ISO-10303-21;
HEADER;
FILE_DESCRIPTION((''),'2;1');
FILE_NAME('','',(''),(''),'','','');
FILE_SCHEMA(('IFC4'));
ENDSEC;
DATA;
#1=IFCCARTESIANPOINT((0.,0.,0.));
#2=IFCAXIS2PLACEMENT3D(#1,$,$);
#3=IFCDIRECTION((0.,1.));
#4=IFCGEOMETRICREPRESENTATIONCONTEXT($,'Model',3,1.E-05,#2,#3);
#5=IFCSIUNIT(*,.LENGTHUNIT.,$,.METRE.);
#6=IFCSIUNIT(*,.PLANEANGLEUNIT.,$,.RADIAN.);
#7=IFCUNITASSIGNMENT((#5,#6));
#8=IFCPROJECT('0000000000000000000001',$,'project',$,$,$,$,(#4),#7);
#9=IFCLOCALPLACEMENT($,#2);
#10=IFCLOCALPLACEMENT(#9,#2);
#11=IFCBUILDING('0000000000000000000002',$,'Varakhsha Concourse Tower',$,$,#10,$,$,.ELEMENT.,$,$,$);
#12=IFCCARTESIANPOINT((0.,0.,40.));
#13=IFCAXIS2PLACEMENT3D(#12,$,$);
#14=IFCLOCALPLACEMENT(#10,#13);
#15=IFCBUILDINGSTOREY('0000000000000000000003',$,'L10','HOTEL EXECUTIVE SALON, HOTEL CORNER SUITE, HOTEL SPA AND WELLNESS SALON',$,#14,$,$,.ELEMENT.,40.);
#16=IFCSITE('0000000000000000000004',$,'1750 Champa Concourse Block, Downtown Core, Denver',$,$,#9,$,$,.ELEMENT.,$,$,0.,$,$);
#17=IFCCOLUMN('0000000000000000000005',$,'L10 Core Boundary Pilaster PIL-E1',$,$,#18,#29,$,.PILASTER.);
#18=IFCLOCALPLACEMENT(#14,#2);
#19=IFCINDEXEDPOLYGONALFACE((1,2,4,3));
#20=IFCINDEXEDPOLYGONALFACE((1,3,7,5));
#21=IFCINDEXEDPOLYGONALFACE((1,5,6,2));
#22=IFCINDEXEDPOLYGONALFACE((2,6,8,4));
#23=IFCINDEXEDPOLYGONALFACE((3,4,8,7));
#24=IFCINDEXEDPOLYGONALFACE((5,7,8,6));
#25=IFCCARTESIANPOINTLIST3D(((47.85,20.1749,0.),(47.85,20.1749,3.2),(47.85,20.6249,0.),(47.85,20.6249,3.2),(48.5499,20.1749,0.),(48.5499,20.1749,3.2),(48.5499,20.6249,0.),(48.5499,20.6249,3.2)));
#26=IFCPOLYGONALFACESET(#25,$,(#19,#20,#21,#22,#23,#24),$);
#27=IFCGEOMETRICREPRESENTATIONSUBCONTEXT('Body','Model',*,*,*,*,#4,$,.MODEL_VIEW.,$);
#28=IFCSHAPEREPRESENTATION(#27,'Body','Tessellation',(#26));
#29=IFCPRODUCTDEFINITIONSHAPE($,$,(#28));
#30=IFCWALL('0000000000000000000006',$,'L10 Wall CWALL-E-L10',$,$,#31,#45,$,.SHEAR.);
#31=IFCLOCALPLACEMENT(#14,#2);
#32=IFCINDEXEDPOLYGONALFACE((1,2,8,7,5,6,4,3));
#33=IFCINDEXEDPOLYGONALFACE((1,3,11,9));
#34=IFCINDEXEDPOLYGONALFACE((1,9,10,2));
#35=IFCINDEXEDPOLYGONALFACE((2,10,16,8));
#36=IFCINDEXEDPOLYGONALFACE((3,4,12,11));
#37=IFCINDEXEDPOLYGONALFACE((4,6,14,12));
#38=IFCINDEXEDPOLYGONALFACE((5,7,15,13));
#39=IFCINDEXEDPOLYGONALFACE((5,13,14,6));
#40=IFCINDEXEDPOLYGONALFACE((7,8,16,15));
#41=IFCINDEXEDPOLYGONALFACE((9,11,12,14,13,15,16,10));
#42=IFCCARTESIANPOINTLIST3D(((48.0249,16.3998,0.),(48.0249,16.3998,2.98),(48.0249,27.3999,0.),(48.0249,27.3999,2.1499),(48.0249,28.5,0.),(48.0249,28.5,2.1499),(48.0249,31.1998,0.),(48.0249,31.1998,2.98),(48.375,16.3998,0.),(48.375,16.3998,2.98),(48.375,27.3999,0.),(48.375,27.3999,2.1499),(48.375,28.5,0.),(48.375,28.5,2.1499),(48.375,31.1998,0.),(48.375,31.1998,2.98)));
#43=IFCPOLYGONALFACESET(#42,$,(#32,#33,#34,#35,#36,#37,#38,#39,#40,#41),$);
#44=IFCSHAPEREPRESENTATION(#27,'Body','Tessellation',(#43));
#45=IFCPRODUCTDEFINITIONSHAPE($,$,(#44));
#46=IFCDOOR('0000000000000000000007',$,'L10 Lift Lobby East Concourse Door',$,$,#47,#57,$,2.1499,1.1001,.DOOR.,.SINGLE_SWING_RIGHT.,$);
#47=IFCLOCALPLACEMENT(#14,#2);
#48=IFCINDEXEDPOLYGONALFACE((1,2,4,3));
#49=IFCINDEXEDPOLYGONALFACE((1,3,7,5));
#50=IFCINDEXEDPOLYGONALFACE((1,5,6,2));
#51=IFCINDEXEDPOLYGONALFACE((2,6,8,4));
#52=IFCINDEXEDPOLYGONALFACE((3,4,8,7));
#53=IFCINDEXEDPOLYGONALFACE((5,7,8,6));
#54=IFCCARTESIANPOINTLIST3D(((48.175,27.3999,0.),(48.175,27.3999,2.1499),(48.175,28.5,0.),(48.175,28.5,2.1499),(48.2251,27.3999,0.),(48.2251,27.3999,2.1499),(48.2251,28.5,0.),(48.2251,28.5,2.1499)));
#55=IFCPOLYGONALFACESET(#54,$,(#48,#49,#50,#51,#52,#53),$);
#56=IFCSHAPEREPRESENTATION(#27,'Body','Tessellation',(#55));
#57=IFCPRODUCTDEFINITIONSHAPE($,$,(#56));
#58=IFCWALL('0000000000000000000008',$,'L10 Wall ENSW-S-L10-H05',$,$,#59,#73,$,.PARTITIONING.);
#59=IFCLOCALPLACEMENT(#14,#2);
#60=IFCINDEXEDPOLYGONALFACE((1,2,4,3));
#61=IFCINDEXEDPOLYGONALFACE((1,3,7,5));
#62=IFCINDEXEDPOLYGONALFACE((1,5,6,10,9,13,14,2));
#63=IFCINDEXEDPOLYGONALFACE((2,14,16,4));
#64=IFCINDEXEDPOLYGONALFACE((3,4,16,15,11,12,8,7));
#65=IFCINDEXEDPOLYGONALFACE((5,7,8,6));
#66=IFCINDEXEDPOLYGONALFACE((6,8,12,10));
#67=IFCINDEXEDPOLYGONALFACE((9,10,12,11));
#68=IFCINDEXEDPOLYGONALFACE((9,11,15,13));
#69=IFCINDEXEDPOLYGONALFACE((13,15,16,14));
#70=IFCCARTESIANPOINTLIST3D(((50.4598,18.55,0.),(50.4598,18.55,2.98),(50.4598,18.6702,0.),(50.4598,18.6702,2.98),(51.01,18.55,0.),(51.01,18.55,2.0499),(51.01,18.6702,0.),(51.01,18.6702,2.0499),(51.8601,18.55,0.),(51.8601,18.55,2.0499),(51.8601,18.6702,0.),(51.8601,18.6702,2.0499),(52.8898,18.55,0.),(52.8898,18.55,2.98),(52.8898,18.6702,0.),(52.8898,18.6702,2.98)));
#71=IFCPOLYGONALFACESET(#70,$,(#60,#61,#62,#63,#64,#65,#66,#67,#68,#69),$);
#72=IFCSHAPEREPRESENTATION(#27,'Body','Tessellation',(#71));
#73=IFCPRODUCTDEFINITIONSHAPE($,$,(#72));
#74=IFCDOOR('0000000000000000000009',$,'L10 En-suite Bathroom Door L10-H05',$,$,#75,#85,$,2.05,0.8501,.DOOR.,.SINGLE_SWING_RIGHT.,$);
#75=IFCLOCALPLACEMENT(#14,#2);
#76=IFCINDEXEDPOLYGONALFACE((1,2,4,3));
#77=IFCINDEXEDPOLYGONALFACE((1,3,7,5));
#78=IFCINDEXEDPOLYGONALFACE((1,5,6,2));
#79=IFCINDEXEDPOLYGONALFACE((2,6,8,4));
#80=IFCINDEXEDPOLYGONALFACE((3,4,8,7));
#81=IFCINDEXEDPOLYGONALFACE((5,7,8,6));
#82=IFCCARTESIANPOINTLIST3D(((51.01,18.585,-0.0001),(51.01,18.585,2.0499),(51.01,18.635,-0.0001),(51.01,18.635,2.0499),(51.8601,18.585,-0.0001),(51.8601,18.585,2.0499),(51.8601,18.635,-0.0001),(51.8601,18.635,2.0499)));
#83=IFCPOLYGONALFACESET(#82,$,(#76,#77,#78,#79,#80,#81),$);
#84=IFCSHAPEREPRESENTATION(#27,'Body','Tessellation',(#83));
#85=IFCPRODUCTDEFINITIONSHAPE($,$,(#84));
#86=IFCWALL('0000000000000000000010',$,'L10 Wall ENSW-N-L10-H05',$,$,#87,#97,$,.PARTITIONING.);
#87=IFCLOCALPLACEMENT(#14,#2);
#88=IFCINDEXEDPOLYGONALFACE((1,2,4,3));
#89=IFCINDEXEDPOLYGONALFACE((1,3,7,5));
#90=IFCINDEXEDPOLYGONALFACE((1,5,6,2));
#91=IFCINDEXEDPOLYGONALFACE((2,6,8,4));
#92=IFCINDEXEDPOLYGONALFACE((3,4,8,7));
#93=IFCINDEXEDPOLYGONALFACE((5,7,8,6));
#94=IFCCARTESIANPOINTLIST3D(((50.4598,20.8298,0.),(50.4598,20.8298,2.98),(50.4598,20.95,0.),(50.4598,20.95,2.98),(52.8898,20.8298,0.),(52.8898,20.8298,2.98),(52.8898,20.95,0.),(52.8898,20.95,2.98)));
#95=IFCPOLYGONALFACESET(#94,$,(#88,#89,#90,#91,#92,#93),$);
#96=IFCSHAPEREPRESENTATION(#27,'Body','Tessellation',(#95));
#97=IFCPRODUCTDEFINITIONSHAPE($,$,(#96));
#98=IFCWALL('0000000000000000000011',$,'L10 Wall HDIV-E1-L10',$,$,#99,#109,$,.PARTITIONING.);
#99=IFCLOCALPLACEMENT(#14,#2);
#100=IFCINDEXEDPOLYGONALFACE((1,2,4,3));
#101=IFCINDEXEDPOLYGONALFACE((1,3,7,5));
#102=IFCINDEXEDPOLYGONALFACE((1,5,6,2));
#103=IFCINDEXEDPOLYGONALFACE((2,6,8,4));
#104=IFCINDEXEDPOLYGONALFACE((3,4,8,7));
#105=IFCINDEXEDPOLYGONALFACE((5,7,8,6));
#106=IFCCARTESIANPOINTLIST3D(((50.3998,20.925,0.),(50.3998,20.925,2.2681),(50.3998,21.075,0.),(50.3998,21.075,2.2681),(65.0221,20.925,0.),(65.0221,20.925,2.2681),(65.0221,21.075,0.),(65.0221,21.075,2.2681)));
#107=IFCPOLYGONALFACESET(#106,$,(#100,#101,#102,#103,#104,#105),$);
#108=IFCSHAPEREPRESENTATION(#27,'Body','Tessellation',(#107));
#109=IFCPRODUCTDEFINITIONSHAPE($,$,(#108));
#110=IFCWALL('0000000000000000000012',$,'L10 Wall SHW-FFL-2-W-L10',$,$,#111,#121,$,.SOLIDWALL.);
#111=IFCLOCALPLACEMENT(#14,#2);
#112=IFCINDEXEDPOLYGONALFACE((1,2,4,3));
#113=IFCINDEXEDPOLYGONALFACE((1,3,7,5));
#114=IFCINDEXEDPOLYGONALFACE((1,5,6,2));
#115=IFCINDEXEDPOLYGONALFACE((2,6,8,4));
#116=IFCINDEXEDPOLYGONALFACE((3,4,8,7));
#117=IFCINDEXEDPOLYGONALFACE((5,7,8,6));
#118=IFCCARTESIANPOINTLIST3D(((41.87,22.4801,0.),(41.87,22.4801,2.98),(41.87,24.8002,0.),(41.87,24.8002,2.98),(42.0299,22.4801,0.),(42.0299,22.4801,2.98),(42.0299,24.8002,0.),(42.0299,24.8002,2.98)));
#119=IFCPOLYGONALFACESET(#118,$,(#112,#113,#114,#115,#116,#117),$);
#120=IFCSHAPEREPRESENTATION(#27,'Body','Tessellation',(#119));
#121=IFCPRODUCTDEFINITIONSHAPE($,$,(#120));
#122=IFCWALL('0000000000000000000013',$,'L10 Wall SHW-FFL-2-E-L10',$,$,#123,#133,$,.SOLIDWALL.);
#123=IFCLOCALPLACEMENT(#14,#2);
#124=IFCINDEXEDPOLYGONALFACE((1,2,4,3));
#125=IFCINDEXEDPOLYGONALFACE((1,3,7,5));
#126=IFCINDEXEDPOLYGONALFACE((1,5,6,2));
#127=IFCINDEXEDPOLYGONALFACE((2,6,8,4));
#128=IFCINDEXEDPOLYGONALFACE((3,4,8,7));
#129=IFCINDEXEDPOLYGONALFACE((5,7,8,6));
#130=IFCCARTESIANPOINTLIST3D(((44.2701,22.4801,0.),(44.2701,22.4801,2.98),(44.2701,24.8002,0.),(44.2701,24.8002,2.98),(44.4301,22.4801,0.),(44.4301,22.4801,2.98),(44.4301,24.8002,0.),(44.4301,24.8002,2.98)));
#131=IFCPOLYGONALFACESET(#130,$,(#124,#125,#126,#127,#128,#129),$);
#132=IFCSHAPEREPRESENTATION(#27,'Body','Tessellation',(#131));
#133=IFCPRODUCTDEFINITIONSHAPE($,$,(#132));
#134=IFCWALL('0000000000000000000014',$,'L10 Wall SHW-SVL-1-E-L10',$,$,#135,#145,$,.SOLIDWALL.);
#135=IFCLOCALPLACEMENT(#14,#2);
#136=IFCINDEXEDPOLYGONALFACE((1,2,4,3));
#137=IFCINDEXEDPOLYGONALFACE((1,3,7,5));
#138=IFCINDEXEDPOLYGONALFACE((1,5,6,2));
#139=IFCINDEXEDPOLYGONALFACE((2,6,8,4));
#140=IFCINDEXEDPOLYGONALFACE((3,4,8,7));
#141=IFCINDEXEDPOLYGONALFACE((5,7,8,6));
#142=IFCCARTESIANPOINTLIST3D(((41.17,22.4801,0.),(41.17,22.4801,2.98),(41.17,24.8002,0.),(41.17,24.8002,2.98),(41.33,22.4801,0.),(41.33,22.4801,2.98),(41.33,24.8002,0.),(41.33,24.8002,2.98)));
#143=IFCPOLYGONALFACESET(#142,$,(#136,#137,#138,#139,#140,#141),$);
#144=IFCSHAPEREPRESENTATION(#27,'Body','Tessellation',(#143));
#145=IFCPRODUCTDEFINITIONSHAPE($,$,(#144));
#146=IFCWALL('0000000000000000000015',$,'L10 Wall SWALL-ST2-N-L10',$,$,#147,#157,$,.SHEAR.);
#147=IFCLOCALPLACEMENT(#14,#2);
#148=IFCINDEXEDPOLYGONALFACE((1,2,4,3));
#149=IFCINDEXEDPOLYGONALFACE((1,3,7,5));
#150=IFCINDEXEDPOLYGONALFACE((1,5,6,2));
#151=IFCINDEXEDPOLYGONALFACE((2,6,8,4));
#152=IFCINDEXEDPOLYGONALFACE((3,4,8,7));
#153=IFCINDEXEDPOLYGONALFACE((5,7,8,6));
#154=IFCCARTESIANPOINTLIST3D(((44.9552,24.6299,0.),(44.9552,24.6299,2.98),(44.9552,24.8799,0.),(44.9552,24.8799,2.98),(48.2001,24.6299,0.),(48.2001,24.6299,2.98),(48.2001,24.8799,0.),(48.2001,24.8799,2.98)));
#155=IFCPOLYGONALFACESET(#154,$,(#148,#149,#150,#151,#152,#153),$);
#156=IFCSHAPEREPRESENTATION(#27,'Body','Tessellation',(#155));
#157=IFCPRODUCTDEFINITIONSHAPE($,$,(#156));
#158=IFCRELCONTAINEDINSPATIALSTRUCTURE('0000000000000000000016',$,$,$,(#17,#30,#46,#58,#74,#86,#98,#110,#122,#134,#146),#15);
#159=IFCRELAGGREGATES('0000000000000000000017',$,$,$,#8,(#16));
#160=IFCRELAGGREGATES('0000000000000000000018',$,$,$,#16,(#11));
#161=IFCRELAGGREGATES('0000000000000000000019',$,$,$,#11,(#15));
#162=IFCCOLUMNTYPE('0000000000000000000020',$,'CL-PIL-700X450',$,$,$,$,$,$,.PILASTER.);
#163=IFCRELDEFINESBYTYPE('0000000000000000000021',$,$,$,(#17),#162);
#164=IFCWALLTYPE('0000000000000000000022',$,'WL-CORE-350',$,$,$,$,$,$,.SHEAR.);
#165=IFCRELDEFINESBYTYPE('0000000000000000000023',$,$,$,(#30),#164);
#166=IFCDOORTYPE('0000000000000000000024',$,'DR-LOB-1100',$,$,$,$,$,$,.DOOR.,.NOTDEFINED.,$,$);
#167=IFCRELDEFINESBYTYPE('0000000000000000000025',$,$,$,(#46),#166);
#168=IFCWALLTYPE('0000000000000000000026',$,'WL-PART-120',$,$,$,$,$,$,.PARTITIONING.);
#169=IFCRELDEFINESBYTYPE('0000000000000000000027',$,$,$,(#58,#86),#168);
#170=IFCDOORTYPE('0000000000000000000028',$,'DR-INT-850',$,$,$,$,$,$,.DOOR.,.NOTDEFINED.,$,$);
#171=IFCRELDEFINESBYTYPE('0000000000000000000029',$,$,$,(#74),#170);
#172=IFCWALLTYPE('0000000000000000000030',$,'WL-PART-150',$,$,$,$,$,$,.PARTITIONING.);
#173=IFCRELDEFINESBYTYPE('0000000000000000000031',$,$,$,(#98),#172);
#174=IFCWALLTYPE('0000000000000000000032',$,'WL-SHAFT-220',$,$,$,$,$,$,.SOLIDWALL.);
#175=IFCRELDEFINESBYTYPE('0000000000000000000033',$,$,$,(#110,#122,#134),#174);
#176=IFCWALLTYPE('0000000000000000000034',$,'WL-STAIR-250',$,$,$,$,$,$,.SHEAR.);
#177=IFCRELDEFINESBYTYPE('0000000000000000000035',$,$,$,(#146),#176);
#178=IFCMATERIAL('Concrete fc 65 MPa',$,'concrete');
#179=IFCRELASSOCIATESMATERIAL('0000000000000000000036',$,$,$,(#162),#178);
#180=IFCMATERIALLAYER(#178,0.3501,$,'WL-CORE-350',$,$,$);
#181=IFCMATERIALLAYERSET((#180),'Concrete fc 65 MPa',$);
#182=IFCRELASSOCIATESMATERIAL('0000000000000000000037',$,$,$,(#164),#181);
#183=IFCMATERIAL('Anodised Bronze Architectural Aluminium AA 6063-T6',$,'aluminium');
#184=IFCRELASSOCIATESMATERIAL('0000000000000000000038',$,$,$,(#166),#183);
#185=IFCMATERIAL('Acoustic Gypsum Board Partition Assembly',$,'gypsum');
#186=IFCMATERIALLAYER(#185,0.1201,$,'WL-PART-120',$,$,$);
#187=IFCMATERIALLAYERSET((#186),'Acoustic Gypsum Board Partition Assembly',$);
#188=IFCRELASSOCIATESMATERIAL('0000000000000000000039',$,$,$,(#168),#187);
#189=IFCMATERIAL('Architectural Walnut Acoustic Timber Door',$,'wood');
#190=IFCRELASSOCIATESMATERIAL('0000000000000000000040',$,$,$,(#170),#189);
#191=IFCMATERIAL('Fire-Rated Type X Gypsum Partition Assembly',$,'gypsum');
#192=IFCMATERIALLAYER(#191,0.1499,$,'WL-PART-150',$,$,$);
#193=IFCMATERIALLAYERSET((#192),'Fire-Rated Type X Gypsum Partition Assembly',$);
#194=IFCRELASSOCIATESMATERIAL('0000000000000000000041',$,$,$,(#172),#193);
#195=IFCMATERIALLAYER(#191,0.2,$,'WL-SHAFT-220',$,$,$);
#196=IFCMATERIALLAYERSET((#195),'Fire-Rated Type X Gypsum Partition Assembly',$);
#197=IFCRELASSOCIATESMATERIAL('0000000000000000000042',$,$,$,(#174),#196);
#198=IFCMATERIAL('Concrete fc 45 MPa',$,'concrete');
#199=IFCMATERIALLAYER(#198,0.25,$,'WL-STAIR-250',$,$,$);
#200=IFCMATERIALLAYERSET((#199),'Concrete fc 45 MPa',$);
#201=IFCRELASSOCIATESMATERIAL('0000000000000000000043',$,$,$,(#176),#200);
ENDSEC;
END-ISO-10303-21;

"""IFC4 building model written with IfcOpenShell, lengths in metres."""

from ifc_helpers import new_model, si_unit, direction, frame, frame_2d, origin, origin_2d, place, context, subcontext, project, spatial, rectangle, extrude, material, layer, layer_set, material_profile, profile_set, type_object, element, fill, save


model = new_model("IFC4")

# Units and contexts
model_context = context("Model", 3, precision=1e-05, world=origin(), true_north=direction((0.0, 1.0)))
body_context = subcontext(model_context, "Body", "Model", "MODEL_VIEW")
ifc_project = project(units=[si_unit("LENGTHUNIT", "METRE"), si_unit("PLANEANGLEUNIT", "RADIAN")], contexts=[model_context])

# Site, building, storey
site_placement = place(None, origin())
site = spatial("IfcSite", under=ifc_project, at=site_placement, Name="1750 Champa Concourse Block, Downtown Core, Denver", CompositionType="ELEMENT", RefElevation=0.0)
building_placement = place(site_placement, origin())
building = spatial("IfcBuilding", under=site, at=building_placement, Name="Varakhsha Concourse Tower", CompositionType="ELEMENT")
storey_placement = place(building_placement, frame((0.0, 0.0, 40.0)))
storey = spatial("IfcBuildingStorey", under=building, at=storey_placement, Name="L10", Description="HOTEL EXECUTIVE SALON, HOTEL CORNER SUITE, HOTEL SPA AND WELLNESS SALON", CompositionType="ELEMENT", Elevation=40.0)

# Column
ifc_material_1 = material(Name="Concrete fc 65 MPa", Category="concrete")
ifc_material_profile = material_profile(ifc_material_1, rectangle(XDim=0.7, YDim=0.45, at=origin_2d()), Name="RC 700x450")
ifc_profile_set = profile_set([ifc_material_profile], Name="Concrete fc 65 MPa")
column_type = type_object("IfcColumnType", Name="CL-PIL-700X450", PredefinedType="PILASTER", material=ifc_profile_set)
column_placement = place(storey_placement, frame((48.2, 20.3999, 0.0), z_axis=(0.0, 0.0, 1.0), x_axis=(1.0, 0.0, 0.0)))
element("IfcColumn", 1, at=column_placement, inside=storey, type_object=column_type, Name="L10 Core Boundary Pilaster PIL-E1", PredefinedType="PILASTER", context=body_context, shape_type="SweptSolid", body=[
    extrude(rectangle(XDim=0.7, YDim=0.45, at=origin_2d()), origin(), (0.0, 0.0, 1.0), 3.2),
])

# Walls, openings, doors
ifc_layer_1 = layer(ifc_material_1, 0.3501, Name="WL-CORE-350")
ifc_layer_set_1 = layer_set([ifc_layer_1], Name="Concrete fc 65 MPa")
wall_type_1 = type_object("IfcWallType", Name="WL-CORE-350", PredefinedType="SHEAR", material=ifc_layer_set_1)
wall_1_placement = place(storey_placement, frame((48.2, 16.3999, 0.0), z_axis=(0.0, 0.0, 1.0), x_axis=(0.0, 1.0, 0.0)))
wall_1 = element("IfcWall", 2, at=wall_1_placement, inside=storey, type_object=wall_type_1, Name="L10 Wall CWALL-E-L10", PredefinedType="SHEAR", context=body_context, shape_type="SweptSolid", body=[
    extrude(rectangle(XDim=14.8, YDim=0.3501, at=frame_2d((7.3999, 0.0))), origin(), (0.0, 0.0, 1.0), 2.98),
])
opening_1_placement = place(wall_1_placement, frame((11.0, 0.0, 0.0)))
opening_1 = element("IfcOpeningElement", 3, at=opening_1_placement, cuts=wall_1, PredefinedType="OPENING", context=body_context, shape_type="SweptSolid", body=[
    extrude(rectangle(XDim=1.1001, YDim=2.1499, at=frame_2d((0.55, 1.075))), frame((0.0, 0.1851, 0.0), z_axis=(0.0, -1.0, 0.0), x_axis=(1.0, 0.0, 0.0)), (0.0, 0.0, 1.0), 0.3701),
])
ifc_material_2 = material(Name="Anodised Bronze Architectural Aluminium AA 6063-T6", Category="aluminium")
door_type_1 = type_object("IfcDoorType", Name="DR-LOB-1100", OperationType="NOTDEFINED", PredefinedType="DOOR", material=ifc_material_2)
door_1_placement = place(opening_1_placement, origin())
door_1 = element("IfcDoor", 4, at=door_1_placement, inside=storey, type_object=door_type_1, Name="L10 Lift Lobby East Concourse Door", OperationType="SINGLE_SWING_RIGHT", OverallHeight=2.1499, OverallWidth=1.1001, PredefinedType="DOOR", context=body_context, shape_type="SweptSolid", body=[
    extrude(rectangle(XDim=1.1001, YDim=2.1499, at=frame_2d((0.55, 1.075))), frame((0.0, 0.0249, 0.0), z_axis=(0.0, -1.0, 0.0), x_axis=(1.0, 0.0, 0.0)), (0.0, 0.0, 1.0), 0.05),
])
fill(opening_1, door_1)
ifc_material_3 = material(Name="Acoustic Gypsum Board Partition Assembly", Category="gypsum")
ifc_layer_2 = layer(ifc_material_3, 0.1201, Name="WL-PART-120")
ifc_layer_set_2 = layer_set([ifc_layer_2], Name="Acoustic Gypsum Board Partition Assembly")
wall_type_2 = type_object("IfcWallType", Name="WL-PART-120", PredefinedType="PARTITIONING", material=ifc_layer_set_2)
wall_2_placement = place(storey_placement, frame((50.46, 18.6101, 0.0), z_axis=(0.0, 0.0, 1.0), x_axis=(1.0, 0.0, 0.0)))
wall_2 = element("IfcWall", 5, at=wall_2_placement, inside=storey, type_object=wall_type_2, Name="L10 Wall ENSW-S-L10-H05", PredefinedType="PARTITIONING", context=body_context, shape_type="SweptSolid", body=[
    extrude(rectangle(XDim=2.4299, YDim=0.1201, at=frame_2d((1.2148, 0.0))), origin(), (0.0, 0.0, 1.0), 2.98),
])
opening_2_placement = place(wall_2_placement, frame((0.55, 0.0, 0.0)))
opening_2 = element("IfcOpeningElement", 6, at=opening_2_placement, cuts=wall_2, PredefinedType="OPENING", context=body_context, shape_type="SweptSolid", body=[
    extrude(rectangle(XDim=0.8501, YDim=2.05, at=frame_2d((0.425, 1.0249))), frame((0.0, 0.0701, 0.0), z_axis=(0.0, -1.0, 0.0), x_axis=(1.0, 0.0, 0.0)), (0.0, 0.0, 1.0), 0.1401),
])
ifc_material_4 = material(Name="Architectural Walnut Acoustic Timber Door", Category="wood")
door_type_2 = type_object("IfcDoorType", Name="DR-INT-850", OperationType="NOTDEFINED", PredefinedType="DOOR", material=ifc_material_4)
door_2_placement = place(opening_2_placement, origin())
door_2 = element("IfcDoor", 7, at=door_2_placement, inside=storey, type_object=door_type_2, Name="L10 En-suite Bathroom Door L10-H05", OperationType="SINGLE_SWING_RIGHT", OverallHeight=2.05, OverallWidth=0.8501, PredefinedType="DOOR", context=body_context, shape_type="SweptSolid", body=[
    extrude(rectangle(XDim=0.8501, YDim=2.05, at=frame_2d((0.425, 1.0249))), frame((0.0, 0.0249, 0.0), z_axis=(0.0, -1.0, 0.0), x_axis=(1.0, 0.0, 0.0)), (0.0, 0.0, 1.0), 0.05),
])
fill(opening_2, door_2)

# Walls
wall_3_placement = place(storey_placement, frame((50.46, 20.8899, 0.0), z_axis=(0.0, 0.0, 1.0), x_axis=(1.0, 0.0, 0.0)))
element("IfcWall", 8, at=wall_3_placement, inside=storey, type_object=wall_type_2, Name="L10 Wall ENSW-N-L10-H05", PredefinedType="PARTITIONING", context=body_context, shape_type="SweptSolid", body=[
    extrude(rectangle(XDim=2.4299, YDim=0.1201, at=frame_2d((1.2148, 0.0))), origin(), (0.0, 0.0, 1.0), 2.98),
])
ifc_material_5 = material(Name="Fire-Rated Type X Gypsum Partition Assembly", Category="gypsum")
ifc_layer_3 = layer(ifc_material_5, 0.1499, Name="WL-PART-150")
ifc_layer_set_3 = layer_set([ifc_layer_3], Name="Fire-Rated Type X Gypsum Partition Assembly")
wall_type_3 = type_object("IfcWallType", Name="WL-PART-150", PredefinedType="PARTITIONING", material=ifc_layer_set_3)
wall_4_placement = place(storey_placement, frame((50.3999, 21.0, 0.0), z_axis=(0.0, 0.0, 1.0), x_axis=(1.0, 0.0, 0.0)))
element("IfcWall", 9, at=wall_4_placement, inside=storey, type_object=wall_type_3, Name="L10 Wall HDIV-E1-L10", PredefinedType="PARTITIONING", context=body_context, shape_type="SweptSolid", body=[
    extrude(rectangle(XDim=14.6223, YDim=0.1499, at=frame_2d((7.311, 0.0))), origin(), (0.0, 0.0, 1.0), 2.2681),
])
ifc_layer_4 = layer(ifc_material_5, 0.2, Name="WL-SHAFT-220")
ifc_layer_set_4 = layer_set([ifc_layer_4], Name="Fire-Rated Type X Gypsum Partition Assembly")
wall_type_4 = type_object("IfcWallType", Name="WL-SHAFT-220", PredefinedType="SOLIDWALL", material=ifc_layer_set_4)
for number, where, z_axis, x_axis, name in (
    (10, (41.95, 22.48, 0.0), (0.0, 0.0, 1.0), (0.0, 1.0, 0.0), "L10 Wall SHW-FFL-2-W-L10"),
    (11, (44.3501, 22.48, 0.0), (0.0, 0.0, 1.0), (0.0, 1.0, 0.0), "L10 Wall SHW-FFL-2-E-L10"),
    (12, (41.25, 22.48, 0.0), (0.0, 0.0, 1.0), (0.0, 1.0, 0.0), "L10 Wall SHW-SVL-1-E-L10"),
):
    element("IfcWall", number, at=place(storey_placement, frame(where, z_axis=z_axis, x_axis=x_axis)), inside=storey, type_object=wall_type_4, Name=name, PredefinedType="SOLIDWALL", context=body_context, shape_type="SweptSolid", body=[
        extrude(rectangle(XDim=2.3201, YDim=0.1599, at=frame_2d((1.1602, 0.0))), origin(), (0.0, 0.0, 1.0), 2.98),
    ])
ifc_material_6 = material(Name="Concrete fc 45 MPa", Category="concrete")
ifc_layer_5 = layer(ifc_material_6, 0.25, Name="WL-STAIR-250")
ifc_layer_set_5 = layer_set([ifc_layer_5], Name="Concrete fc 45 MPa")
wall_type_5 = type_object("IfcWallType", Name="WL-STAIR-250", PredefinedType="SHEAR", material=ifc_layer_set_5)
wall_5_placement = place(storey_placement, frame((44.9551, 24.7549, 0.0), z_axis=(0.0, 0.0, 1.0), x_axis=(1.0, 0.0, 0.0)))
element("IfcWall", 13, at=wall_5_placement, inside=storey, type_object=wall_type_5, Name="L10 Wall SWALL-ST2-N-L10", PredefinedType="SHEAR", context=body_context, shape_type="SweptSolid", body=[
    extrude(rectangle(XDim=3.2449, YDim=0.25, at=frame_2d((1.6226, 0.0))), origin(), (0.0, 0.0, 1.0), 2.98),
])

save(model, "model.ifc")
